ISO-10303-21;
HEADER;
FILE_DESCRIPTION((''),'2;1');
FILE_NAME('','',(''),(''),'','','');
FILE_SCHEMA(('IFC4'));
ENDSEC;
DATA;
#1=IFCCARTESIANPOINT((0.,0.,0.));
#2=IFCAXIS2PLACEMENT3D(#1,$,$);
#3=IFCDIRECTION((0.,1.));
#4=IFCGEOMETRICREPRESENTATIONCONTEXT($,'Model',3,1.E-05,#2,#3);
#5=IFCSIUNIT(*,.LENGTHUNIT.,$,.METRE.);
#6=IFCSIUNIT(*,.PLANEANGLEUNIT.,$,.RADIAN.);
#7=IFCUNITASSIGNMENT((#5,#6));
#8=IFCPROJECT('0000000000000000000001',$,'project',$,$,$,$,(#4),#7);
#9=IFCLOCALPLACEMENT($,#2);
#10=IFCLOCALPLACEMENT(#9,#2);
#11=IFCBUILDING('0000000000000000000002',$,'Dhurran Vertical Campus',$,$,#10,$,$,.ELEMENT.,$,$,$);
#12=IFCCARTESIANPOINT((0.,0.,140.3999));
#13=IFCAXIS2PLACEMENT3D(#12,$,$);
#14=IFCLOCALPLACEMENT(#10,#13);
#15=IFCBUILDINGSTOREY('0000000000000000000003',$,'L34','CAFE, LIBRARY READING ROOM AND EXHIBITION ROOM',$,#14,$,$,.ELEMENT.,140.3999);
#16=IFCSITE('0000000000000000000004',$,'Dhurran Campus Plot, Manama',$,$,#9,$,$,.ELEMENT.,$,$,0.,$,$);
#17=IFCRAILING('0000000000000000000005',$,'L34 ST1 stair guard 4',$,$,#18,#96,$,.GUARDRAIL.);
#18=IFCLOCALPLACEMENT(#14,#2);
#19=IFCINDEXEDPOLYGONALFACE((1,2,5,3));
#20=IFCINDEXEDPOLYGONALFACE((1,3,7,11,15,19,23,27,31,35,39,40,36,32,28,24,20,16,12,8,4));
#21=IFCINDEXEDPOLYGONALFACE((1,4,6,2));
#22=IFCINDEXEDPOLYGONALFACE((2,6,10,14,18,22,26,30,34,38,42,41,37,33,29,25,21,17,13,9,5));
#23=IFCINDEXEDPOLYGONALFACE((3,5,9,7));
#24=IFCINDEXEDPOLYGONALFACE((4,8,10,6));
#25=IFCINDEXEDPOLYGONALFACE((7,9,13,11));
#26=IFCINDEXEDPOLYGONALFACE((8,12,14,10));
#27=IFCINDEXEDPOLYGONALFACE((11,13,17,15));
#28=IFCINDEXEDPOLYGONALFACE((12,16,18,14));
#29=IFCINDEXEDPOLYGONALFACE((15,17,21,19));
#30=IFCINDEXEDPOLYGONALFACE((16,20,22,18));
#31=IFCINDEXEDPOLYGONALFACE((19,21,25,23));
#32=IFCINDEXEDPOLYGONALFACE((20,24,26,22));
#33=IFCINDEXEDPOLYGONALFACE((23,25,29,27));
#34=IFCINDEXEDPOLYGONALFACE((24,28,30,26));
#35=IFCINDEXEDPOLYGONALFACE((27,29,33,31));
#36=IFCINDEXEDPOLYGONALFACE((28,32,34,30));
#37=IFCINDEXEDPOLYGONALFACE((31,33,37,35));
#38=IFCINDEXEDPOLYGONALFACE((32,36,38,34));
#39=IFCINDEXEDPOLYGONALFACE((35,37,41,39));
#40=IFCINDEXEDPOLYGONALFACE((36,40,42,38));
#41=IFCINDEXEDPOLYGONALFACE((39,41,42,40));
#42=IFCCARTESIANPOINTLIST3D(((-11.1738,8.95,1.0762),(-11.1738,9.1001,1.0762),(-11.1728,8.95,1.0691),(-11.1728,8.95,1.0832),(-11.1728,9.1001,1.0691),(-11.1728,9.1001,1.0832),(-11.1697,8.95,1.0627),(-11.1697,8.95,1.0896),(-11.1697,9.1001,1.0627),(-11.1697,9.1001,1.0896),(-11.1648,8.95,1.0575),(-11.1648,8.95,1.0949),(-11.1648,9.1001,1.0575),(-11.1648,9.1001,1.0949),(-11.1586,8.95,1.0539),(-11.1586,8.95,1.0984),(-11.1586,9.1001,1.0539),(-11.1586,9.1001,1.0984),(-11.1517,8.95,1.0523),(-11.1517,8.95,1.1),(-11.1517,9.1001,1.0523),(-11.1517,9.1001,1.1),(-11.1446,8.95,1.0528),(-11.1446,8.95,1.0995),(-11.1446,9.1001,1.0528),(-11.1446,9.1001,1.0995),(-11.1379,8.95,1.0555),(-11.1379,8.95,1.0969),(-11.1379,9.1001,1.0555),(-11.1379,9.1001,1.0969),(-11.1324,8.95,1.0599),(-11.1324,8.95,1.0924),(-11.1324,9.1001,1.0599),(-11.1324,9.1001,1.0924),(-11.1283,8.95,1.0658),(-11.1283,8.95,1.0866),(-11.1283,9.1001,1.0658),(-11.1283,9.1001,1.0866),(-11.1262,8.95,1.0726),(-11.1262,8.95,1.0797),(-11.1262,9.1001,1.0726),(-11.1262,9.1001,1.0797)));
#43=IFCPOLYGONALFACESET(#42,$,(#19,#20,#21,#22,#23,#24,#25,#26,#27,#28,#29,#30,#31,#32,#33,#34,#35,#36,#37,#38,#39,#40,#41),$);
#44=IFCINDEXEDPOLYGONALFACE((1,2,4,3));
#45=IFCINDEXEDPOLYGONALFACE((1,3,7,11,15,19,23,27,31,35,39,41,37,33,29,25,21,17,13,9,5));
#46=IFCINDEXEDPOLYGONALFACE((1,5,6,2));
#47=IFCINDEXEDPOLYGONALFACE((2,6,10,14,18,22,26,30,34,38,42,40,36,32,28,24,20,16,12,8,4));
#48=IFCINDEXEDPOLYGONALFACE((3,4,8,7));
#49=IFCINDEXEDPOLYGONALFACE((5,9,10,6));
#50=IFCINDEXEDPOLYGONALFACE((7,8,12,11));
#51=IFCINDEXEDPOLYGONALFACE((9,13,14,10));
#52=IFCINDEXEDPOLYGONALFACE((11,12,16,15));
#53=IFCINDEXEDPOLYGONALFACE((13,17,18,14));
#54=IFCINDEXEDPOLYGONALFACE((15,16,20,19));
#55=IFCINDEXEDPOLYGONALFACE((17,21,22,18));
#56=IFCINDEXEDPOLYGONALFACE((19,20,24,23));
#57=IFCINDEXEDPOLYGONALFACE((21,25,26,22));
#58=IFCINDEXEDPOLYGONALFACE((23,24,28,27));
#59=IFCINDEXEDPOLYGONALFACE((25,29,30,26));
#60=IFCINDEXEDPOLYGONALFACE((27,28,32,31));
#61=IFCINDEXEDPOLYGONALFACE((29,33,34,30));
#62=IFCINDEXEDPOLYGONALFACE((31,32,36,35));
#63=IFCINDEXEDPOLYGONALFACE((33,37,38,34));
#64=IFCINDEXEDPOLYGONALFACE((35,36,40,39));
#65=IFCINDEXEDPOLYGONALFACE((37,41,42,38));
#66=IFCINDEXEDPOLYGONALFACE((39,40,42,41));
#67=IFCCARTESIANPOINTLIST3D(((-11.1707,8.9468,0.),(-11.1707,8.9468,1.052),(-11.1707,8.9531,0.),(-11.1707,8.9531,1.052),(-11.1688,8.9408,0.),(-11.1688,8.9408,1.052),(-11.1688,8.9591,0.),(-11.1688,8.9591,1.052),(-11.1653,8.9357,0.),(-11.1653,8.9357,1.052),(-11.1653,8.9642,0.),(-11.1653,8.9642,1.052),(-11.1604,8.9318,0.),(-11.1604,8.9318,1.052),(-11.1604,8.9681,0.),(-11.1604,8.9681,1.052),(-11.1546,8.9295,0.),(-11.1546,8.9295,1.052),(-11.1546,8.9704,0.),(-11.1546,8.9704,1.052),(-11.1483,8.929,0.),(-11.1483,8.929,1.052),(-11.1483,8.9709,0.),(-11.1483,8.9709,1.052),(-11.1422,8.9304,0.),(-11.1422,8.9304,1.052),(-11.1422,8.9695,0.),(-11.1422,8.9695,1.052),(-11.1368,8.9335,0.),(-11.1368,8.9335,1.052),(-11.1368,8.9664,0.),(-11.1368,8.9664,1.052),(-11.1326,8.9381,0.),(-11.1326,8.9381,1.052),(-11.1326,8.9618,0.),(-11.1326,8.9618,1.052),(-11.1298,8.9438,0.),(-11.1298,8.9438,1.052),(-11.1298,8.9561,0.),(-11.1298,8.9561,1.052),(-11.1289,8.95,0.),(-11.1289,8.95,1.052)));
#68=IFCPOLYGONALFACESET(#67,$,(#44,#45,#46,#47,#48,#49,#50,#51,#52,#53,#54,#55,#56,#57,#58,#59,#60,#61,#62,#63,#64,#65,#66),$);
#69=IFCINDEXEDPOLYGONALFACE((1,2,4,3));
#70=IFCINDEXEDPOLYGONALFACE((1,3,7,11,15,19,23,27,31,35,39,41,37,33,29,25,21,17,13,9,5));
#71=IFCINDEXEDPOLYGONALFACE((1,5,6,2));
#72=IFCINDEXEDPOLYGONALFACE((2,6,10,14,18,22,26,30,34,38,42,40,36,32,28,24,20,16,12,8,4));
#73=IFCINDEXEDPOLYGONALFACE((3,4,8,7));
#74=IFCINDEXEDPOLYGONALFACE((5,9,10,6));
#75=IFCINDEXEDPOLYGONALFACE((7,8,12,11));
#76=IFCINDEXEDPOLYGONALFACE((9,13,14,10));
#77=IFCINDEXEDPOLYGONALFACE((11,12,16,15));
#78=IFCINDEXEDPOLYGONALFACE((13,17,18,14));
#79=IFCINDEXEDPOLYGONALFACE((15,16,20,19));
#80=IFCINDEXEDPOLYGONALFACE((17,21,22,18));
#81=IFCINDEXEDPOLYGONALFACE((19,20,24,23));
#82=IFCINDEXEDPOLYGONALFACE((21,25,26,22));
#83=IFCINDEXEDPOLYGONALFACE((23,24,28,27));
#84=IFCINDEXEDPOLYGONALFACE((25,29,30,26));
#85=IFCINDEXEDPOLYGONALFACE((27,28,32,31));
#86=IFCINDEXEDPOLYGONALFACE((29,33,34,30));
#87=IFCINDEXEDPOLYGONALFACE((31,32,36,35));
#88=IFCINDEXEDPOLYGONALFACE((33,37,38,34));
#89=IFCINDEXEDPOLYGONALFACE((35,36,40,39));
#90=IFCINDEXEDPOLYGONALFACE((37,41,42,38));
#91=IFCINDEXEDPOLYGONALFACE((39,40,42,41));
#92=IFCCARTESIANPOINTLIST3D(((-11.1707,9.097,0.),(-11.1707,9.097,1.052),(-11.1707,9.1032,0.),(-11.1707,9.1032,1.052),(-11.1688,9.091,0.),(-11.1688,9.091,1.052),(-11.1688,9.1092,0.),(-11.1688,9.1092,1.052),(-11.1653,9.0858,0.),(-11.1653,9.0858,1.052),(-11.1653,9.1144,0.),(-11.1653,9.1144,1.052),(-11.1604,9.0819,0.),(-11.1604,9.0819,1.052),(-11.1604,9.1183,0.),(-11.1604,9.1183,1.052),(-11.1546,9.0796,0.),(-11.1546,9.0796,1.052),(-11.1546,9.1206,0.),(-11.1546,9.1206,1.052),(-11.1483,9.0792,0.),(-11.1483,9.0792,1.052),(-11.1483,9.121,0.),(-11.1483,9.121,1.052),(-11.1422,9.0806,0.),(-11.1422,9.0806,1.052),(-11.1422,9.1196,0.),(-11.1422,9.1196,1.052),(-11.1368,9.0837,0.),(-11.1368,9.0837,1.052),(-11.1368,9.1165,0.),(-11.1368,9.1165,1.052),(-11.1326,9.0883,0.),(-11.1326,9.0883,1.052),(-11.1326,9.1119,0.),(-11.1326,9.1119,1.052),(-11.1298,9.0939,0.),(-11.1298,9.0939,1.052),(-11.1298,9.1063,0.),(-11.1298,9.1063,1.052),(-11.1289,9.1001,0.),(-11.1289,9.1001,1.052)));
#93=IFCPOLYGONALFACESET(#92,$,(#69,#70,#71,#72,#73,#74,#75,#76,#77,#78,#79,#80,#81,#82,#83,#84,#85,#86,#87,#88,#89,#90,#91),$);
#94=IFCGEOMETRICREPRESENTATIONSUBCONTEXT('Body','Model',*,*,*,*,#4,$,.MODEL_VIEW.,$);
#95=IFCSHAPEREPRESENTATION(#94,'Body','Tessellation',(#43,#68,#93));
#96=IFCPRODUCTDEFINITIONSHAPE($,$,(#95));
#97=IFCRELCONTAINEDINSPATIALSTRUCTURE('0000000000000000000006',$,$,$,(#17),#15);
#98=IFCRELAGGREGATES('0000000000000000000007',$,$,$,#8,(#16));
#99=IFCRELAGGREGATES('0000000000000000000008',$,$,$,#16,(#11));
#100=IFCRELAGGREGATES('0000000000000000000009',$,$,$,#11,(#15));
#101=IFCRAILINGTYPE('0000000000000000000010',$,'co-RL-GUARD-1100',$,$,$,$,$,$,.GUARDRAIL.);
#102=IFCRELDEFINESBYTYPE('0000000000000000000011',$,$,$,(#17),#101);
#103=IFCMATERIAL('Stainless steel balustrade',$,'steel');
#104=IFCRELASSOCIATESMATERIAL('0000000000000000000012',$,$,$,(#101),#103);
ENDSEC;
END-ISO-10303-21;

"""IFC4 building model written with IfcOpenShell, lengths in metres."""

from ifc_helpers import new_model, si_unit, direction, frame, origin, origin_2d, place, context, subcontext, project, spatial, circle, extrude, material, type_object, element, save


model = new_model("IFC4")

# Units and contexts
model_context = context("Model", 3, precision=1e-05, world=origin(), true_north=direction((0.0, 1.0)))
body_context = subcontext(model_context, "Body", "Model", "MODEL_VIEW")
ifc_project = project(units=[si_unit("LENGTHUNIT", "METRE"), si_unit("PLANEANGLEUNIT", "RADIAN")], contexts=[model_context])

# Site, building, storey
site_placement = place(None, origin())
site = spatial("IfcSite", under=ifc_project, at=site_placement, Name="Dhurran Campus Plot, Manama", CompositionType="ELEMENT", RefElevation=0.0)
building_placement = place(site_placement, origin())
building = spatial("IfcBuilding", under=site, at=building_placement, Name="Dhurran Vertical Campus", CompositionType="ELEMENT")
storey_placement = place(building_placement, frame((0.0, 0.0, 140.3999)))
storey = spatial("IfcBuildingStorey", under=building, at=storey_placement, Name="L34", Description="CAFE, LIBRARY READING ROOM AND EXHIBITION ROOM", CompositionType="ELEMENT", Elevation=140.3999)

# Railing
ifc_material_1 = material(Name="Stainless steel balustrade", Category="steel")
railing_type_1 = type_object("IfcRailingType", Name="co-RL-GUARD-1100", PredefinedType="GUARDRAIL", material=ifc_material_1)
railing_1_placement = place(storey_placement, frame((-11.1499, 8.95, 0.0)))
element("IfcRailing", 1, at=railing_1_placement, inside=storey, type_object=railing_type_1, Name="L34 ST1 stair guard 4", PredefinedType="GUARDRAIL", context=body_context, shape_type="SweptSolid", body=[
    extrude(circle(Radius=0.0239, at=origin_2d()), frame((0.0, 0.0, 1.0762), z_axis=(0.0, 1.0, 0.0), x_axis=(-1.0, 0.0, 0.0)), (0.0, 0.0, 1.0), 0.1501),
    extrude(circle(Radius=0.021, at=origin_2d()), origin(), (0.0, 0.0, 1.0), 1.052),
    extrude(circle(Radius=0.021, at=origin_2d()), frame((0.0, 0.1501, 0.0)), (0.0, 0.0, 1.0), 1.052),
])

save(model, "model.ifc")
